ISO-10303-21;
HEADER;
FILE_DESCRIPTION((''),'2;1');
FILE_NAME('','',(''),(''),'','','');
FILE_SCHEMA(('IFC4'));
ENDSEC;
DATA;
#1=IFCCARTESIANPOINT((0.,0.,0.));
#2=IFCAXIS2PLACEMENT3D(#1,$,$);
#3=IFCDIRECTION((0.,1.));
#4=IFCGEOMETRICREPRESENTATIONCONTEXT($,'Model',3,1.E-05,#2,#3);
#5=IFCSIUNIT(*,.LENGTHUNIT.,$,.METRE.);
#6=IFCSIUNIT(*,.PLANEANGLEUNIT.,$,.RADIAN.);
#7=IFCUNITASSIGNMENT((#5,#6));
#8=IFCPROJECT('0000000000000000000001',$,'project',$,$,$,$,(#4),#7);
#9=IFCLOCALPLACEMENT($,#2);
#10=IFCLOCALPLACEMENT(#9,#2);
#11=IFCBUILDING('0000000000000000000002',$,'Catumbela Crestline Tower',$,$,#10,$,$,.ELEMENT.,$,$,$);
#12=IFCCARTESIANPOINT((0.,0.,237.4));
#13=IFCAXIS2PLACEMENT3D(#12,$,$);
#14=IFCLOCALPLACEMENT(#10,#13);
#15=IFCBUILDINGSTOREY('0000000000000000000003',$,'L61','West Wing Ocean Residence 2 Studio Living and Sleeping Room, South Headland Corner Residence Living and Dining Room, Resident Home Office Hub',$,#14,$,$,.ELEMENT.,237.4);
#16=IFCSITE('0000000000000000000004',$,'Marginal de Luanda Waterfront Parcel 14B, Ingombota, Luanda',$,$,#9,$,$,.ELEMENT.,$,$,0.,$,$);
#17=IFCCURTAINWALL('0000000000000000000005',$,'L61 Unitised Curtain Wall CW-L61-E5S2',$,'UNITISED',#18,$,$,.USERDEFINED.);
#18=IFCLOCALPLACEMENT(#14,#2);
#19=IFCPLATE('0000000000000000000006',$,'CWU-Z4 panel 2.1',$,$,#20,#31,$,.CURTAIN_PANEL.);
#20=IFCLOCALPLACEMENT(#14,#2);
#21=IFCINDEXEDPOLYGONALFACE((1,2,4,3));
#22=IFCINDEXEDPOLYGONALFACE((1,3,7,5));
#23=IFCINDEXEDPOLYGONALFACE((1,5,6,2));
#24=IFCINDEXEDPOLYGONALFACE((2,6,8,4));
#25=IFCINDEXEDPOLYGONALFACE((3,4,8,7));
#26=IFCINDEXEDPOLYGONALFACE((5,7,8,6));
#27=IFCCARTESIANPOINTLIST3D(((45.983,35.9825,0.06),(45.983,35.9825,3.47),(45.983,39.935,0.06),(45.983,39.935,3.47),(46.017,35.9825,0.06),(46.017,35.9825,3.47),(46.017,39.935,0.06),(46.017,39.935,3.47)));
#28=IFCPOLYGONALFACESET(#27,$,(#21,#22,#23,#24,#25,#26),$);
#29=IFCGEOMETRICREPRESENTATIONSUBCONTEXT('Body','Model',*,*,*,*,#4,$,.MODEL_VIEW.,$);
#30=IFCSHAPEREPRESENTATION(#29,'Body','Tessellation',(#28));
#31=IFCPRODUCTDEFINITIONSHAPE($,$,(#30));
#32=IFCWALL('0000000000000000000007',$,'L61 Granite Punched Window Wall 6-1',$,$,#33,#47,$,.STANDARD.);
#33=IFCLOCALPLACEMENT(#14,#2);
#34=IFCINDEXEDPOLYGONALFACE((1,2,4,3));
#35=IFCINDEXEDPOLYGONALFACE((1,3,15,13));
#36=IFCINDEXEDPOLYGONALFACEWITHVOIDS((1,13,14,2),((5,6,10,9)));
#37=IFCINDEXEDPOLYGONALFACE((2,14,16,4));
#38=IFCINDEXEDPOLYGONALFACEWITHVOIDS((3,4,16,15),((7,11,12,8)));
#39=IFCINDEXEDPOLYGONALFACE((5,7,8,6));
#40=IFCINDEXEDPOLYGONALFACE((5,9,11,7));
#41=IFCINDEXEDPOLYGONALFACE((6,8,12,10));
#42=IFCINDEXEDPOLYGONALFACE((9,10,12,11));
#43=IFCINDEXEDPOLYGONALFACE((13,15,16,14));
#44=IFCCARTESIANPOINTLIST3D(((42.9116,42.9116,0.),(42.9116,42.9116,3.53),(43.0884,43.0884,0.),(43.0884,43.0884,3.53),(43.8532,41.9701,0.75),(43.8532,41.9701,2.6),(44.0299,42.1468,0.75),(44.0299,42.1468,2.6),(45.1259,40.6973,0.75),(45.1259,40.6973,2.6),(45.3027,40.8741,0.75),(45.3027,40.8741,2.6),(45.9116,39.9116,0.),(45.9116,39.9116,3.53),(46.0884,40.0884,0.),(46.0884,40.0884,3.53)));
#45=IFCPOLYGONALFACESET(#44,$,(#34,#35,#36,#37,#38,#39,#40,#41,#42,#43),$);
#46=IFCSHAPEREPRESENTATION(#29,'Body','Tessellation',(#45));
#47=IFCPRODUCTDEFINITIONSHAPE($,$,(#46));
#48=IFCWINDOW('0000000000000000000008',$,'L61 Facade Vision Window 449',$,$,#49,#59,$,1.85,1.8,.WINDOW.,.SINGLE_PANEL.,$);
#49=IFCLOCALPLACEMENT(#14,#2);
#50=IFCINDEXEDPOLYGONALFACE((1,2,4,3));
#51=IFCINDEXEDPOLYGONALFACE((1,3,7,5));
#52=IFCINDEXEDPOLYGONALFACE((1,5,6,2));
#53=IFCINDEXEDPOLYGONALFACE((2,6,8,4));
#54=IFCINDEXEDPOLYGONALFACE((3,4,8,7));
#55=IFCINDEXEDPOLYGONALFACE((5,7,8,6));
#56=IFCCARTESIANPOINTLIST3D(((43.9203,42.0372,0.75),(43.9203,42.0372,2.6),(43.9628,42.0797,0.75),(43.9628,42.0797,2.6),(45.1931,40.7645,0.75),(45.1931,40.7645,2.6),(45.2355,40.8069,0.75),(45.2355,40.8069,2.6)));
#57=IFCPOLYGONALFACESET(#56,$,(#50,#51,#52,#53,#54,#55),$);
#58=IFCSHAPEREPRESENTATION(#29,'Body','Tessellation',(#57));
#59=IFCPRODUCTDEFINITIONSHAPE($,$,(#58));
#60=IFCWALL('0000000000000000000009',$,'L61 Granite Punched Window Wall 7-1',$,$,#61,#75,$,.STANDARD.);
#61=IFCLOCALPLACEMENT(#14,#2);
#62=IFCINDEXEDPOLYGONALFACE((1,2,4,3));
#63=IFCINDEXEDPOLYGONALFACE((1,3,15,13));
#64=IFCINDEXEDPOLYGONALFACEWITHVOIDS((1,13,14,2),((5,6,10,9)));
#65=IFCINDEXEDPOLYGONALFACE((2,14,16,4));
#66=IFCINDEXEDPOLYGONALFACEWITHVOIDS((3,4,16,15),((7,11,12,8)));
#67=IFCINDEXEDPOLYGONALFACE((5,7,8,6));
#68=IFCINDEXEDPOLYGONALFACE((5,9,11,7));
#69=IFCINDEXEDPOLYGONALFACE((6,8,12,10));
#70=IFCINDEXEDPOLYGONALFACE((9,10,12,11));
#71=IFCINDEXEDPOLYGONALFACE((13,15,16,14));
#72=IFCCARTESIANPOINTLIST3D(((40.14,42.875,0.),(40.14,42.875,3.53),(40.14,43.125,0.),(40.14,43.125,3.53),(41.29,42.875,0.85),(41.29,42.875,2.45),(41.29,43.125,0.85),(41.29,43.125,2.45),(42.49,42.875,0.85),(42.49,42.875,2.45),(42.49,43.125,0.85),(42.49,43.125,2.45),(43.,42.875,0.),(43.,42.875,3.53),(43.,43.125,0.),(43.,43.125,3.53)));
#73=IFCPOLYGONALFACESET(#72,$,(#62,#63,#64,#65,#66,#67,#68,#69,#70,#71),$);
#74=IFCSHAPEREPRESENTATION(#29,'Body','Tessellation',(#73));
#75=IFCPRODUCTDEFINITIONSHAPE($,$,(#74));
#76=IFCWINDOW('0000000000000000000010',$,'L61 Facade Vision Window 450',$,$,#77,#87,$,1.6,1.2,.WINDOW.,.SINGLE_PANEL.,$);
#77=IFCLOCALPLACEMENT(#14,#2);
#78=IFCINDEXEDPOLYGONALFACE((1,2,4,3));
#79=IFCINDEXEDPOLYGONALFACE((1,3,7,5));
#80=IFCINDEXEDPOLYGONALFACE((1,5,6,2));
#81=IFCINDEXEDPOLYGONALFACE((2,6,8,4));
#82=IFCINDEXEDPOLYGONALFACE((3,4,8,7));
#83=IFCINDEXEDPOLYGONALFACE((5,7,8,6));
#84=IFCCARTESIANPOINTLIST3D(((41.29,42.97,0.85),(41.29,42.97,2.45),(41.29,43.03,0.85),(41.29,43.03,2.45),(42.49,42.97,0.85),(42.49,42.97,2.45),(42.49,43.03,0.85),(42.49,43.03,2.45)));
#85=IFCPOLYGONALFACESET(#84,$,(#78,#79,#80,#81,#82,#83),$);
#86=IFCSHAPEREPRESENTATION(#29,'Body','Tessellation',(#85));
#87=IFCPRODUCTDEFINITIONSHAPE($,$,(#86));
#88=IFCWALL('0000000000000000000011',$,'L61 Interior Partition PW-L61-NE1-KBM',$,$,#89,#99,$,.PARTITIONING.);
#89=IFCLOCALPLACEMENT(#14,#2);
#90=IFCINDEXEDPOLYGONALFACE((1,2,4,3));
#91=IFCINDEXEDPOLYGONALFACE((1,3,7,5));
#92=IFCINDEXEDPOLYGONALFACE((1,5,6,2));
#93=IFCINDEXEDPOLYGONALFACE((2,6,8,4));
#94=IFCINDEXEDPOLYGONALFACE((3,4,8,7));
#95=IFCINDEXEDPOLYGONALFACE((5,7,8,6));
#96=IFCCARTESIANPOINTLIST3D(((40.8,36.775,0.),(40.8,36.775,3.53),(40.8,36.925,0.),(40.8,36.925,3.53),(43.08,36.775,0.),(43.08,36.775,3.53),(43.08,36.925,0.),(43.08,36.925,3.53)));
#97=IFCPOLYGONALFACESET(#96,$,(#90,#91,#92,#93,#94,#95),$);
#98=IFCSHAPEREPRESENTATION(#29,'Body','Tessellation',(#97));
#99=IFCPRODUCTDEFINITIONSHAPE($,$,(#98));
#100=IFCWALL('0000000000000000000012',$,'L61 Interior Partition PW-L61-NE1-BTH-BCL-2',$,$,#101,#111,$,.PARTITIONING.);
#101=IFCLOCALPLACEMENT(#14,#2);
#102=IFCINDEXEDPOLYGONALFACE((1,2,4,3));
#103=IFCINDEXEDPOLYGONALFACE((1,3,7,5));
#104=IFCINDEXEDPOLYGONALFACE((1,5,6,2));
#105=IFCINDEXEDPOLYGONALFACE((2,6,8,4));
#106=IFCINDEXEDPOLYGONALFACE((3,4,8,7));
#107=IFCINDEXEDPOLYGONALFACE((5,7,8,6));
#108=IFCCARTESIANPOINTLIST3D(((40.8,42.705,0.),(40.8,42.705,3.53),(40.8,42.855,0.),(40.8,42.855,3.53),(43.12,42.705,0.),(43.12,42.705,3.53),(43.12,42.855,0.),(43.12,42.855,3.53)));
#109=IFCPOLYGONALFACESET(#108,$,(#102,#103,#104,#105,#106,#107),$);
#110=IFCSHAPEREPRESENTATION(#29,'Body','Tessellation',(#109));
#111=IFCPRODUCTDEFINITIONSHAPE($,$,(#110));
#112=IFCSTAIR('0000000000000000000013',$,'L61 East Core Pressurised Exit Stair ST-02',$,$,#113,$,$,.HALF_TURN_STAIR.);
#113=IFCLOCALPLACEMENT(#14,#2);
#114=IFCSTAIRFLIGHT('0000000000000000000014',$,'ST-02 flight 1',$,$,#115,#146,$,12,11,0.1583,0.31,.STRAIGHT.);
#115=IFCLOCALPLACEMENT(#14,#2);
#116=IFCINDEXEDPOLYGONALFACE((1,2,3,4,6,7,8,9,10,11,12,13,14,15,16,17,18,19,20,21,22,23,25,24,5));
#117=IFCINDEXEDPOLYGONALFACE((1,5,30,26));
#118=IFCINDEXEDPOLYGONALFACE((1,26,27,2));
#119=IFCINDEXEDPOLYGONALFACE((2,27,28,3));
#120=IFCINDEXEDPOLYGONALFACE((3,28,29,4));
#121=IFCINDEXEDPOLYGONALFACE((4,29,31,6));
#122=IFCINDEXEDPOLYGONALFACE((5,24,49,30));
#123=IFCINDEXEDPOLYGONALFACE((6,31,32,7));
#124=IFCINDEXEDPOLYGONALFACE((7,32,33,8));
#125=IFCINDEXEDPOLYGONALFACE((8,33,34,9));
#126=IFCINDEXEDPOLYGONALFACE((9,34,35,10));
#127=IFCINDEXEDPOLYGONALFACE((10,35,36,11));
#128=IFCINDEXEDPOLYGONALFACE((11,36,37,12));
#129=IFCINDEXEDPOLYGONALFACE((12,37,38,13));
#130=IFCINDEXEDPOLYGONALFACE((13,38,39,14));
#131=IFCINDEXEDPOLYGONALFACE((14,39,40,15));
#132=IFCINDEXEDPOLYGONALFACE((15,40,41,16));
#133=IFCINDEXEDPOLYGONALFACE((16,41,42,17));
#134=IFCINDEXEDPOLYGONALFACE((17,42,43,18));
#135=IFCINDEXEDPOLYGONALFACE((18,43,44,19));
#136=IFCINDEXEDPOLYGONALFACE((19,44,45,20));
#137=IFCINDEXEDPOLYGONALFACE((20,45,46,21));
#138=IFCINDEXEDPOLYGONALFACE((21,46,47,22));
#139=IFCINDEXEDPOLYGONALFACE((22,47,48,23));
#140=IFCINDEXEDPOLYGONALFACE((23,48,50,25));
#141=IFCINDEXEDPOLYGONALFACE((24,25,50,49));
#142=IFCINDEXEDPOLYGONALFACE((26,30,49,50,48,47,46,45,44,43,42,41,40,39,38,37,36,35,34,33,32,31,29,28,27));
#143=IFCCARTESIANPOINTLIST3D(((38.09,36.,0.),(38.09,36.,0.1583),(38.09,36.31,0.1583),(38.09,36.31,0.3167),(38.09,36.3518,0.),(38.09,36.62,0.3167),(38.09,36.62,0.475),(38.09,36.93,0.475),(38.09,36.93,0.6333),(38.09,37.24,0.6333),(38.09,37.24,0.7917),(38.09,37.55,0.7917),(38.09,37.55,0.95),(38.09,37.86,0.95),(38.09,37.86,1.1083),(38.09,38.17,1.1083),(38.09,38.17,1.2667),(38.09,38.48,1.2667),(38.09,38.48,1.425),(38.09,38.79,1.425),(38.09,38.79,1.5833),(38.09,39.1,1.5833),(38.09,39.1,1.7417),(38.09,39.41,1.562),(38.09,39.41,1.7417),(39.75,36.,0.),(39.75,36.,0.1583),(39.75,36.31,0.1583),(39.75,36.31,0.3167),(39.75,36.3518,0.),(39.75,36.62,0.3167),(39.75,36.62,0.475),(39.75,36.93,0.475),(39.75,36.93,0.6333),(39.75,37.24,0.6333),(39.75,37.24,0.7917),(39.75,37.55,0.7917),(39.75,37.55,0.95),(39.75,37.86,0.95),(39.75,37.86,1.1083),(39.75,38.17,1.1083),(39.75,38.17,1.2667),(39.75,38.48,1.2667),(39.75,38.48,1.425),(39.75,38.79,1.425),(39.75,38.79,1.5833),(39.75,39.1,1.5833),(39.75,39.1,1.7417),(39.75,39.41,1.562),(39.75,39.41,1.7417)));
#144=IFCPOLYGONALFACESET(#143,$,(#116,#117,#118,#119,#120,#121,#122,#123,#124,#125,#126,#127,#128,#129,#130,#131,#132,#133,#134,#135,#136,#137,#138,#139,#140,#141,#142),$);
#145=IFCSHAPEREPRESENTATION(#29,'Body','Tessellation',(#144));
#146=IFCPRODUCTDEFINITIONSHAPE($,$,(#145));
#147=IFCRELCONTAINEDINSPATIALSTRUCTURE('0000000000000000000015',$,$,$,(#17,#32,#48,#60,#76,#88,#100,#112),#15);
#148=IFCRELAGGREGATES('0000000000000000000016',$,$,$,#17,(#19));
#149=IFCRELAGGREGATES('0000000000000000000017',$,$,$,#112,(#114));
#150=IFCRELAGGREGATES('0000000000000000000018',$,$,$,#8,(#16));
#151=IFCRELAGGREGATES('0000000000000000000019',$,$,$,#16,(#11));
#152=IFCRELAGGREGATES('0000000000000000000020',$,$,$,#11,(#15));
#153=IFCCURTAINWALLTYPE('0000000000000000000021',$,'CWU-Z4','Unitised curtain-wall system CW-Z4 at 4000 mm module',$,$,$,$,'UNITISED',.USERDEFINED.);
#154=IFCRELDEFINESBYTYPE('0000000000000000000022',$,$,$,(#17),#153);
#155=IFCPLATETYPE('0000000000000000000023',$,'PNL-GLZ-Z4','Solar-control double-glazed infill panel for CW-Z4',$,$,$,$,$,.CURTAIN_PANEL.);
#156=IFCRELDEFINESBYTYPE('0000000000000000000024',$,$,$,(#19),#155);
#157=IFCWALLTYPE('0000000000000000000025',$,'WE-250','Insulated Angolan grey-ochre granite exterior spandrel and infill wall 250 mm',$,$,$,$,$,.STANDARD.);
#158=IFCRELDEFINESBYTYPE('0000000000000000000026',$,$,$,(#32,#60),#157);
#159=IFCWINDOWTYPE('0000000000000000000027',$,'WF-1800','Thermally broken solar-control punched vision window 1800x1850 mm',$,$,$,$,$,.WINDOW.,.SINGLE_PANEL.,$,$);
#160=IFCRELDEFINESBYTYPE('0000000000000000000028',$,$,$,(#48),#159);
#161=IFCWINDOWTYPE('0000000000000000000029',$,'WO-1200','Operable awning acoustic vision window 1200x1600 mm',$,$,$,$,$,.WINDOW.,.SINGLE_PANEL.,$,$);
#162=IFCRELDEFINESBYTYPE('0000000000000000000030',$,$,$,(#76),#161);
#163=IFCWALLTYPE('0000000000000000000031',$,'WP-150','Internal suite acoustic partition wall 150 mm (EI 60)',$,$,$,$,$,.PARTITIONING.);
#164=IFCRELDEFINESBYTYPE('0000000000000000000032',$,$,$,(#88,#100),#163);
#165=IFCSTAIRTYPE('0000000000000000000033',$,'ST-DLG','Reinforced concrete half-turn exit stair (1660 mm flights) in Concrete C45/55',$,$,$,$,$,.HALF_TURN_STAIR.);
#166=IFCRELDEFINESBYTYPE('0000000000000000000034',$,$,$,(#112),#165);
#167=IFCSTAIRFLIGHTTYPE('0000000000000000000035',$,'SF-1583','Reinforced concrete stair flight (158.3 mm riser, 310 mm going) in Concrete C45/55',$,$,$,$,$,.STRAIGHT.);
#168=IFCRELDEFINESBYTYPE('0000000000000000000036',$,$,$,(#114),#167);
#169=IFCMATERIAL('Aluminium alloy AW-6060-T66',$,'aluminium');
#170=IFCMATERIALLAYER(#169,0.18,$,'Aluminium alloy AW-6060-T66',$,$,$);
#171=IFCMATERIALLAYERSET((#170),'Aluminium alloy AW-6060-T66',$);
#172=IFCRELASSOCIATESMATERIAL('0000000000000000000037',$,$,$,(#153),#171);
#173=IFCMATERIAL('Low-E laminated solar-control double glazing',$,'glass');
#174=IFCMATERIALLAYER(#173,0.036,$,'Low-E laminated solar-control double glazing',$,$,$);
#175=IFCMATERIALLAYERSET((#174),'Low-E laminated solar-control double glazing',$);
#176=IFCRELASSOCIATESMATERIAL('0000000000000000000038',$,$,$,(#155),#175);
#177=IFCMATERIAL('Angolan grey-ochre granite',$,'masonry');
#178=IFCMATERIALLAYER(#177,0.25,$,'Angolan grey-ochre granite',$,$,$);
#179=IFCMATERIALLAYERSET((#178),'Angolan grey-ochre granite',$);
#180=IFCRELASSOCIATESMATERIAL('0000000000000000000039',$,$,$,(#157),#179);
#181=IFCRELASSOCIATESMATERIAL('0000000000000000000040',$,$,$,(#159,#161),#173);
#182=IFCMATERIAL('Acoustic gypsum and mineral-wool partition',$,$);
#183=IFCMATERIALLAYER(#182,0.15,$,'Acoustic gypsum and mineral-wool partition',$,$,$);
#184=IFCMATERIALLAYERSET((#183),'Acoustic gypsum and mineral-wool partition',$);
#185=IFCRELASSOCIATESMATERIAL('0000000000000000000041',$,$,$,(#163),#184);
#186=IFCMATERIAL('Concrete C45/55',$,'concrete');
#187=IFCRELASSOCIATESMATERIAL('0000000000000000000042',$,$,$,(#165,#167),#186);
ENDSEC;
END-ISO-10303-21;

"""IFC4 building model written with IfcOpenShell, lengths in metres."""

from ifc_helpers import new_model, si_unit, direction, frame, frame_2d, origin, origin_2d, place, context, subcontext, project, spatial, polyline, rectangle, outline, extrude, material, layer, layer_set, type_object, element, fill, aggregate, save


model = new_model("IFC4")

# Units and contexts
model_context = context("Model", 3, precision=1e-05, world=origin(), true_north=direction((0.0, 1.0)))
body_context = subcontext(model_context, "Body", "Model", "MODEL_VIEW")
ifc_project = project(units=[si_unit("LENGTHUNIT", "METRE"), si_unit("PLANEANGLEUNIT", "RADIAN")], contexts=[model_context])

# Site, building, storey
site_placement = place(None, origin())
site = spatial("IfcSite", under=ifc_project, at=site_placement, Name="Marginal de Luanda Waterfront Parcel 14B, Ingombota, Luanda", CompositionType="ELEMENT", RefElevation=0.0)
building_placement = place(site_placement, origin())
building = spatial("IfcBuilding", under=site, at=building_placement, Name="Catumbela Crestline Tower", CompositionType="ELEMENT")
storey_placement = place(building_placement, frame((0.0, 0.0, 237.4)))
storey = spatial("IfcBuildingStorey", under=building, at=storey_placement, Name="L61", Description="West Wing Ocean Residence 2 Studio Living and Sleeping Room, South Headland Corner Residence Living and Dining Room, Resident Home Office Hub", CompositionType="ELEMENT", Elevation=237.4)

# Curtain wall, plate
ifc_material_1 = material(Name="Aluminium alloy AW-6060-T66", Category="aluminium")
ifc_layer_1 = layer(ifc_material_1, 0.18, Name="Aluminium alloy AW-6060-T66")
ifc_layer_set_1 = layer_set([ifc_layer_1], Name="Aluminium alloy AW-6060-T66")
curtain_wall_type = type_object("IfcCurtainWallType", Name="CWU-Z4", Description="Unitised curtain-wall system CW-Z4 at 4000 mm module", ElementType="UNITISED", PredefinedType="USERDEFINED", material=ifc_layer_set_1)
curtain_wall_placement = place(storey_placement, origin())
curtain_wall = element("IfcCurtainWall", 1, at=curtain_wall_placement, inside=storey, type_object=curtain_wall_type, Name="L61 Unitised Curtain Wall CW-L61-E5S2", ObjectType="UNITISED", PredefinedType="USERDEFINED")
ifc_material_2 = material(Name="Low-E laminated solar-control double glazing", Category="glass")
ifc_layer_2 = layer(ifc_material_2, 0.036, Name="Low-E laminated solar-control double glazing")
ifc_layer_set_2 = layer_set([ifc_layer_2], Name="Low-E laminated solar-control double glazing")
plate_type = type_object("IfcPlateType", Name="PNL-GLZ-Z4", Description="Solar-control double-glazed infill panel for CW-Z4", PredefinedType="CURTAIN_PANEL", material=ifc_layer_set_2)
plate_1_placement = place(storey_placement, frame((46.0, 37.9588, 0.06), z_axis=(0.0, 0.0, 1.0), x_axis=(0.0, 1.0, 0.0)))
plate_1 = element("IfcPlate", 2, at=plate_1_placement, type_object=plate_type, Name="CWU-Z4 panel 2.1", PredefinedType="CURTAIN_PANEL", context=body_context, shape_type="SweptSolid", body=[
    extrude(rectangle(XDim=3.9525, YDim=0.034, at=origin_2d()), origin(), (0.0, 0.0, 1.0), 3.41),
])
aggregate(curtain_wall, [plate_1])

# Walls, openings, windows
ifc_material_3 = material(Name="Angolan grey-ochre granite", Category="masonry")
ifc_layer_3 = layer(ifc_material_3, 0.25, Name="Angolan grey-ochre granite")
ifc_layer_set_3 = layer_set([ifc_layer_3], Name="Angolan grey-ochre granite")
wall_type_1 = type_object("IfcWallType", Name="WE-250", Description="Insulated Angolan grey-ochre granite exterior spandrel and infill wall 250 mm", PredefinedType="STANDARD", material=ifc_layer_set_3)
wall_1_placement = place(storey_placement, frame((46.0, 40.0, 0.0), z_axis=(0.0, 0.0, 1.0), x_axis=(-0.707107, 0.707107, 0.0)))
wall_1 = element("IfcWall", 3, at=wall_1_placement, inside=storey, type_object=wall_type_1, Name="L61 Granite Punched Window Wall 6-1", PredefinedType="STANDARD", context=body_context, shape_type="SweptSolid", body=[
    extrude(rectangle(XDim=4.2426, YDim=0.25, at=frame_2d((2.1213, 0.0))), origin(), (0.0, 0.0, 1.0), 3.53),
])
opening_1_placement = place(wall_1_placement, frame((1.1111, 0.0, 0.75)))
opening_1 = element("IfcOpeningElement", 4, at=opening_1_placement, cuts=wall_1, PredefinedType="OPENING", context=body_context, shape_type="SweptSolid", body=[
    extrude(rectangle(XDim=1.8, YDim=1.85, at=frame_2d((0.9, 0.925))), frame((0.0, 0.135, 0.0), z_axis=(0.0, -1.0, 0.0), x_axis=(1.0, 0.0, 0.0)), (0.0, 0.0, 1.0), 0.27),
])
window_type_1 = type_object("IfcWindowType", Name="WF-1800", Description="Thermally broken solar-control punched vision window 1800x1850 mm", PartitioningType="SINGLE_PANEL", PredefinedType="WINDOW", material=ifc_material_2)
window_1_placement = place(opening_1_placement, origin())
window_1 = element("IfcWindow", 5, at=window_1_placement, inside=storey, type_object=window_type_1, Name="L61 Facade Vision Window 449", OverallHeight=1.85, OverallWidth=1.8, PartitioningType="SINGLE_PANEL", PredefinedType="WINDOW", context=body_context, shape_type="SweptSolid", body=[
    extrude(rectangle(XDim=1.8, YDim=1.85, at=frame_2d((0.9, 0.925))), frame((0.0, 0.03, 0.0), z_axis=(0.0, -1.0, 0.0), x_axis=(1.0, 0.0, 0.0)), (0.0, 0.0, 1.0), 0.06),
])
fill(opening_1, window_1)
wall_2_placement = place(storey_placement, frame((43.0, 43.0, 0.0), z_axis=(0.0, 0.0, 1.0), x_axis=(-1.0, 0.0, 0.0)))
wall_2 = element("IfcWall", 6, at=wall_2_placement, inside=storey, type_object=wall_type_1, Name="L61 Granite Punched Window Wall 7-1", PredefinedType="STANDARD", context=body_context, shape_type="SweptSolid", body=[
    extrude(rectangle(XDim=2.86, YDim=0.25, at=frame_2d((1.43, 0.0))), origin(), (0.0, 0.0, 1.0), 3.53),
])
opening_2_placement = place(wall_2_placement, frame((0.51, 0.0, 0.85)))
opening_2 = element("IfcOpeningElement", 7, at=opening_2_placement, cuts=wall_2, PredefinedType="OPENING", context=body_context, shape_type="SweptSolid", body=[
    extrude(rectangle(XDim=1.2, YDim=1.6, at=frame_2d((0.6, 0.8))), frame((0.0, 0.135, 0.0), z_axis=(0.0, -1.0, 0.0), x_axis=(1.0, 0.0, 0.0)), (0.0, 0.0, 1.0), 0.27),
])
window_type_2 = type_object("IfcWindowType", Name="WO-1200", Description="Operable awning acoustic vision window 1200x1600 mm", PartitioningType="SINGLE_PANEL", PredefinedType="WINDOW", material=ifc_material_2)
window_2_placement = place(opening_2_placement, origin())
window_2 = element("IfcWindow", 8, at=window_2_placement, inside=storey, type_object=window_type_2, Name="L61 Facade Vision Window 450", OverallHeight=1.6, OverallWidth=1.2, PartitioningType="SINGLE_PANEL", PredefinedType="WINDOW", context=body_context, shape_type="SweptSolid", body=[
    extrude(rectangle(XDim=1.2, YDim=1.6, at=frame_2d((0.6, 0.8))), frame((0.0, 0.03, 0.0), z_axis=(0.0, -1.0, 0.0), x_axis=(1.0, 0.0, 0.0)), (0.0, 0.0, 1.0), 0.06),
])
fill(opening_2, window_2)

# Walls
ifc_material_4 = material(Name="Acoustic gypsum and mineral-wool partition")
ifc_layer_4 = layer(ifc_material_4, 0.15, Name="Acoustic gypsum and mineral-wool partition")
ifc_layer_set_4 = layer_set([ifc_layer_4], Name="Acoustic gypsum and mineral-wool partition")
wall_type_2 = type_object("IfcWallType", Name="WP-150", Description="Internal suite acoustic partition wall 150 mm (EI 60)", PredefinedType="PARTITIONING", material=ifc_layer_set_4)
wall_3_placement = place(storey_placement, frame((40.8, 36.85, 0.0), z_axis=(0.0, 0.0, 1.0), x_axis=(1.0, 0.0, 0.0)))
element("IfcWall", 9, at=wall_3_placement, inside=storey, type_object=wall_type_2, Name="L61 Interior Partition PW-L61-NE1-KBM", PredefinedType="PARTITIONING", context=body_context, shape_type="SweptSolid", body=[
    extrude(rectangle(XDim=2.28, YDim=0.15, at=frame_2d((1.14, 0.0))), origin(), (0.0, 0.0, 1.0), 3.53),
])
wall_4_placement = place(storey_placement, frame((40.8, 42.78, 0.0), z_axis=(0.0, 0.0, 1.0), x_axis=(1.0, 0.0, 0.0)))
element("IfcWall", 10, at=wall_4_placement, inside=storey, type_object=wall_type_2, Name="L61 Interior Partition PW-L61-NE1-BTH-BCL-2", PredefinedType="PARTITIONING", context=body_context, shape_type="SweptSolid", body=[
    extrude(rectangle(XDim=2.32, YDim=0.15, at=frame_2d((1.16, 0.0))), origin(), (0.0, 0.0, 1.0), 3.53),
])

# Stair, stair flight
ifc_material_5 = material(Name="Concrete C45/55", Category="concrete")
stair_type = type_object("IfcStairType", Name="ST-DLG", Description="Reinforced concrete half-turn exit stair (1660 mm flights) in Concrete C45/55", PredefinedType="HALF_TURN_STAIR", material=ifc_material_5)
stair_placement = place(storey_placement, origin())
stair = element("IfcStair", 11, at=stair_placement, inside=storey, type_object=stair_type, Name="L61 East Core Pressurised Exit Stair ST-02", PredefinedType="HALF_TURN_STAIR")
stair_flight_type = type_object("IfcStairFlightType", Name="SF-1583", Description="Reinforced concrete stair flight (158.3 mm riser, 310 mm going) in Concrete C45/55", PredefinedType="STRAIGHT", material=ifc_material_5)
stair_flight_placement = place(storey_placement, frame((38.92, 36.0, 0.0), z_axis=(0.0, 0.0, 1.0), x_axis=(0.0, 1.0, 0.0)))
stair_flight = element("IfcStairFlight", 12, at=stair_flight_placement, type_object=stair_flight_type, Name="ST-02 flight 1", NumberOfRisers=12, NumberOfTreads=11, PredefinedType="STRAIGHT", RiserHeight=0.1583, TreadLength=0.31, context=body_context, shape_type="SweptSolid", body=[
    extrude(outline(polyline([(0.0, 0.0), (0.0, 0.1583), (0.31, 0.1583), (0.31, 0.3167), (0.62, 0.3167), (0.62, 0.475), (0.93, 0.475), (0.93, 0.6333), (1.24, 0.6333), (1.24, 0.7917), (1.55, 0.7917), (1.55, 0.95), (1.86, 0.95), (1.86, 1.1083), (2.17, 1.1083), (2.17, 1.2667), (2.48, 1.2667), (2.48, 1.425), (2.79, 1.425), (2.79, 1.5833), (3.1, 1.5833), (3.1, 1.7417), (3.41, 1.7417), (3.41, 1.9), (3.41, 1.562), (0.3518, 0.0), (0.0, 0.0)])), frame((0.0, 0.83, 0.0), z_axis=(0.0, -1.0, 0.0), x_axis=(1.0, 0.0, 0.0)), (0.0, 0.0, 1.0), 1.66),
])
aggregate(stair, [stair_flight])

save(model, "model.ifc")
